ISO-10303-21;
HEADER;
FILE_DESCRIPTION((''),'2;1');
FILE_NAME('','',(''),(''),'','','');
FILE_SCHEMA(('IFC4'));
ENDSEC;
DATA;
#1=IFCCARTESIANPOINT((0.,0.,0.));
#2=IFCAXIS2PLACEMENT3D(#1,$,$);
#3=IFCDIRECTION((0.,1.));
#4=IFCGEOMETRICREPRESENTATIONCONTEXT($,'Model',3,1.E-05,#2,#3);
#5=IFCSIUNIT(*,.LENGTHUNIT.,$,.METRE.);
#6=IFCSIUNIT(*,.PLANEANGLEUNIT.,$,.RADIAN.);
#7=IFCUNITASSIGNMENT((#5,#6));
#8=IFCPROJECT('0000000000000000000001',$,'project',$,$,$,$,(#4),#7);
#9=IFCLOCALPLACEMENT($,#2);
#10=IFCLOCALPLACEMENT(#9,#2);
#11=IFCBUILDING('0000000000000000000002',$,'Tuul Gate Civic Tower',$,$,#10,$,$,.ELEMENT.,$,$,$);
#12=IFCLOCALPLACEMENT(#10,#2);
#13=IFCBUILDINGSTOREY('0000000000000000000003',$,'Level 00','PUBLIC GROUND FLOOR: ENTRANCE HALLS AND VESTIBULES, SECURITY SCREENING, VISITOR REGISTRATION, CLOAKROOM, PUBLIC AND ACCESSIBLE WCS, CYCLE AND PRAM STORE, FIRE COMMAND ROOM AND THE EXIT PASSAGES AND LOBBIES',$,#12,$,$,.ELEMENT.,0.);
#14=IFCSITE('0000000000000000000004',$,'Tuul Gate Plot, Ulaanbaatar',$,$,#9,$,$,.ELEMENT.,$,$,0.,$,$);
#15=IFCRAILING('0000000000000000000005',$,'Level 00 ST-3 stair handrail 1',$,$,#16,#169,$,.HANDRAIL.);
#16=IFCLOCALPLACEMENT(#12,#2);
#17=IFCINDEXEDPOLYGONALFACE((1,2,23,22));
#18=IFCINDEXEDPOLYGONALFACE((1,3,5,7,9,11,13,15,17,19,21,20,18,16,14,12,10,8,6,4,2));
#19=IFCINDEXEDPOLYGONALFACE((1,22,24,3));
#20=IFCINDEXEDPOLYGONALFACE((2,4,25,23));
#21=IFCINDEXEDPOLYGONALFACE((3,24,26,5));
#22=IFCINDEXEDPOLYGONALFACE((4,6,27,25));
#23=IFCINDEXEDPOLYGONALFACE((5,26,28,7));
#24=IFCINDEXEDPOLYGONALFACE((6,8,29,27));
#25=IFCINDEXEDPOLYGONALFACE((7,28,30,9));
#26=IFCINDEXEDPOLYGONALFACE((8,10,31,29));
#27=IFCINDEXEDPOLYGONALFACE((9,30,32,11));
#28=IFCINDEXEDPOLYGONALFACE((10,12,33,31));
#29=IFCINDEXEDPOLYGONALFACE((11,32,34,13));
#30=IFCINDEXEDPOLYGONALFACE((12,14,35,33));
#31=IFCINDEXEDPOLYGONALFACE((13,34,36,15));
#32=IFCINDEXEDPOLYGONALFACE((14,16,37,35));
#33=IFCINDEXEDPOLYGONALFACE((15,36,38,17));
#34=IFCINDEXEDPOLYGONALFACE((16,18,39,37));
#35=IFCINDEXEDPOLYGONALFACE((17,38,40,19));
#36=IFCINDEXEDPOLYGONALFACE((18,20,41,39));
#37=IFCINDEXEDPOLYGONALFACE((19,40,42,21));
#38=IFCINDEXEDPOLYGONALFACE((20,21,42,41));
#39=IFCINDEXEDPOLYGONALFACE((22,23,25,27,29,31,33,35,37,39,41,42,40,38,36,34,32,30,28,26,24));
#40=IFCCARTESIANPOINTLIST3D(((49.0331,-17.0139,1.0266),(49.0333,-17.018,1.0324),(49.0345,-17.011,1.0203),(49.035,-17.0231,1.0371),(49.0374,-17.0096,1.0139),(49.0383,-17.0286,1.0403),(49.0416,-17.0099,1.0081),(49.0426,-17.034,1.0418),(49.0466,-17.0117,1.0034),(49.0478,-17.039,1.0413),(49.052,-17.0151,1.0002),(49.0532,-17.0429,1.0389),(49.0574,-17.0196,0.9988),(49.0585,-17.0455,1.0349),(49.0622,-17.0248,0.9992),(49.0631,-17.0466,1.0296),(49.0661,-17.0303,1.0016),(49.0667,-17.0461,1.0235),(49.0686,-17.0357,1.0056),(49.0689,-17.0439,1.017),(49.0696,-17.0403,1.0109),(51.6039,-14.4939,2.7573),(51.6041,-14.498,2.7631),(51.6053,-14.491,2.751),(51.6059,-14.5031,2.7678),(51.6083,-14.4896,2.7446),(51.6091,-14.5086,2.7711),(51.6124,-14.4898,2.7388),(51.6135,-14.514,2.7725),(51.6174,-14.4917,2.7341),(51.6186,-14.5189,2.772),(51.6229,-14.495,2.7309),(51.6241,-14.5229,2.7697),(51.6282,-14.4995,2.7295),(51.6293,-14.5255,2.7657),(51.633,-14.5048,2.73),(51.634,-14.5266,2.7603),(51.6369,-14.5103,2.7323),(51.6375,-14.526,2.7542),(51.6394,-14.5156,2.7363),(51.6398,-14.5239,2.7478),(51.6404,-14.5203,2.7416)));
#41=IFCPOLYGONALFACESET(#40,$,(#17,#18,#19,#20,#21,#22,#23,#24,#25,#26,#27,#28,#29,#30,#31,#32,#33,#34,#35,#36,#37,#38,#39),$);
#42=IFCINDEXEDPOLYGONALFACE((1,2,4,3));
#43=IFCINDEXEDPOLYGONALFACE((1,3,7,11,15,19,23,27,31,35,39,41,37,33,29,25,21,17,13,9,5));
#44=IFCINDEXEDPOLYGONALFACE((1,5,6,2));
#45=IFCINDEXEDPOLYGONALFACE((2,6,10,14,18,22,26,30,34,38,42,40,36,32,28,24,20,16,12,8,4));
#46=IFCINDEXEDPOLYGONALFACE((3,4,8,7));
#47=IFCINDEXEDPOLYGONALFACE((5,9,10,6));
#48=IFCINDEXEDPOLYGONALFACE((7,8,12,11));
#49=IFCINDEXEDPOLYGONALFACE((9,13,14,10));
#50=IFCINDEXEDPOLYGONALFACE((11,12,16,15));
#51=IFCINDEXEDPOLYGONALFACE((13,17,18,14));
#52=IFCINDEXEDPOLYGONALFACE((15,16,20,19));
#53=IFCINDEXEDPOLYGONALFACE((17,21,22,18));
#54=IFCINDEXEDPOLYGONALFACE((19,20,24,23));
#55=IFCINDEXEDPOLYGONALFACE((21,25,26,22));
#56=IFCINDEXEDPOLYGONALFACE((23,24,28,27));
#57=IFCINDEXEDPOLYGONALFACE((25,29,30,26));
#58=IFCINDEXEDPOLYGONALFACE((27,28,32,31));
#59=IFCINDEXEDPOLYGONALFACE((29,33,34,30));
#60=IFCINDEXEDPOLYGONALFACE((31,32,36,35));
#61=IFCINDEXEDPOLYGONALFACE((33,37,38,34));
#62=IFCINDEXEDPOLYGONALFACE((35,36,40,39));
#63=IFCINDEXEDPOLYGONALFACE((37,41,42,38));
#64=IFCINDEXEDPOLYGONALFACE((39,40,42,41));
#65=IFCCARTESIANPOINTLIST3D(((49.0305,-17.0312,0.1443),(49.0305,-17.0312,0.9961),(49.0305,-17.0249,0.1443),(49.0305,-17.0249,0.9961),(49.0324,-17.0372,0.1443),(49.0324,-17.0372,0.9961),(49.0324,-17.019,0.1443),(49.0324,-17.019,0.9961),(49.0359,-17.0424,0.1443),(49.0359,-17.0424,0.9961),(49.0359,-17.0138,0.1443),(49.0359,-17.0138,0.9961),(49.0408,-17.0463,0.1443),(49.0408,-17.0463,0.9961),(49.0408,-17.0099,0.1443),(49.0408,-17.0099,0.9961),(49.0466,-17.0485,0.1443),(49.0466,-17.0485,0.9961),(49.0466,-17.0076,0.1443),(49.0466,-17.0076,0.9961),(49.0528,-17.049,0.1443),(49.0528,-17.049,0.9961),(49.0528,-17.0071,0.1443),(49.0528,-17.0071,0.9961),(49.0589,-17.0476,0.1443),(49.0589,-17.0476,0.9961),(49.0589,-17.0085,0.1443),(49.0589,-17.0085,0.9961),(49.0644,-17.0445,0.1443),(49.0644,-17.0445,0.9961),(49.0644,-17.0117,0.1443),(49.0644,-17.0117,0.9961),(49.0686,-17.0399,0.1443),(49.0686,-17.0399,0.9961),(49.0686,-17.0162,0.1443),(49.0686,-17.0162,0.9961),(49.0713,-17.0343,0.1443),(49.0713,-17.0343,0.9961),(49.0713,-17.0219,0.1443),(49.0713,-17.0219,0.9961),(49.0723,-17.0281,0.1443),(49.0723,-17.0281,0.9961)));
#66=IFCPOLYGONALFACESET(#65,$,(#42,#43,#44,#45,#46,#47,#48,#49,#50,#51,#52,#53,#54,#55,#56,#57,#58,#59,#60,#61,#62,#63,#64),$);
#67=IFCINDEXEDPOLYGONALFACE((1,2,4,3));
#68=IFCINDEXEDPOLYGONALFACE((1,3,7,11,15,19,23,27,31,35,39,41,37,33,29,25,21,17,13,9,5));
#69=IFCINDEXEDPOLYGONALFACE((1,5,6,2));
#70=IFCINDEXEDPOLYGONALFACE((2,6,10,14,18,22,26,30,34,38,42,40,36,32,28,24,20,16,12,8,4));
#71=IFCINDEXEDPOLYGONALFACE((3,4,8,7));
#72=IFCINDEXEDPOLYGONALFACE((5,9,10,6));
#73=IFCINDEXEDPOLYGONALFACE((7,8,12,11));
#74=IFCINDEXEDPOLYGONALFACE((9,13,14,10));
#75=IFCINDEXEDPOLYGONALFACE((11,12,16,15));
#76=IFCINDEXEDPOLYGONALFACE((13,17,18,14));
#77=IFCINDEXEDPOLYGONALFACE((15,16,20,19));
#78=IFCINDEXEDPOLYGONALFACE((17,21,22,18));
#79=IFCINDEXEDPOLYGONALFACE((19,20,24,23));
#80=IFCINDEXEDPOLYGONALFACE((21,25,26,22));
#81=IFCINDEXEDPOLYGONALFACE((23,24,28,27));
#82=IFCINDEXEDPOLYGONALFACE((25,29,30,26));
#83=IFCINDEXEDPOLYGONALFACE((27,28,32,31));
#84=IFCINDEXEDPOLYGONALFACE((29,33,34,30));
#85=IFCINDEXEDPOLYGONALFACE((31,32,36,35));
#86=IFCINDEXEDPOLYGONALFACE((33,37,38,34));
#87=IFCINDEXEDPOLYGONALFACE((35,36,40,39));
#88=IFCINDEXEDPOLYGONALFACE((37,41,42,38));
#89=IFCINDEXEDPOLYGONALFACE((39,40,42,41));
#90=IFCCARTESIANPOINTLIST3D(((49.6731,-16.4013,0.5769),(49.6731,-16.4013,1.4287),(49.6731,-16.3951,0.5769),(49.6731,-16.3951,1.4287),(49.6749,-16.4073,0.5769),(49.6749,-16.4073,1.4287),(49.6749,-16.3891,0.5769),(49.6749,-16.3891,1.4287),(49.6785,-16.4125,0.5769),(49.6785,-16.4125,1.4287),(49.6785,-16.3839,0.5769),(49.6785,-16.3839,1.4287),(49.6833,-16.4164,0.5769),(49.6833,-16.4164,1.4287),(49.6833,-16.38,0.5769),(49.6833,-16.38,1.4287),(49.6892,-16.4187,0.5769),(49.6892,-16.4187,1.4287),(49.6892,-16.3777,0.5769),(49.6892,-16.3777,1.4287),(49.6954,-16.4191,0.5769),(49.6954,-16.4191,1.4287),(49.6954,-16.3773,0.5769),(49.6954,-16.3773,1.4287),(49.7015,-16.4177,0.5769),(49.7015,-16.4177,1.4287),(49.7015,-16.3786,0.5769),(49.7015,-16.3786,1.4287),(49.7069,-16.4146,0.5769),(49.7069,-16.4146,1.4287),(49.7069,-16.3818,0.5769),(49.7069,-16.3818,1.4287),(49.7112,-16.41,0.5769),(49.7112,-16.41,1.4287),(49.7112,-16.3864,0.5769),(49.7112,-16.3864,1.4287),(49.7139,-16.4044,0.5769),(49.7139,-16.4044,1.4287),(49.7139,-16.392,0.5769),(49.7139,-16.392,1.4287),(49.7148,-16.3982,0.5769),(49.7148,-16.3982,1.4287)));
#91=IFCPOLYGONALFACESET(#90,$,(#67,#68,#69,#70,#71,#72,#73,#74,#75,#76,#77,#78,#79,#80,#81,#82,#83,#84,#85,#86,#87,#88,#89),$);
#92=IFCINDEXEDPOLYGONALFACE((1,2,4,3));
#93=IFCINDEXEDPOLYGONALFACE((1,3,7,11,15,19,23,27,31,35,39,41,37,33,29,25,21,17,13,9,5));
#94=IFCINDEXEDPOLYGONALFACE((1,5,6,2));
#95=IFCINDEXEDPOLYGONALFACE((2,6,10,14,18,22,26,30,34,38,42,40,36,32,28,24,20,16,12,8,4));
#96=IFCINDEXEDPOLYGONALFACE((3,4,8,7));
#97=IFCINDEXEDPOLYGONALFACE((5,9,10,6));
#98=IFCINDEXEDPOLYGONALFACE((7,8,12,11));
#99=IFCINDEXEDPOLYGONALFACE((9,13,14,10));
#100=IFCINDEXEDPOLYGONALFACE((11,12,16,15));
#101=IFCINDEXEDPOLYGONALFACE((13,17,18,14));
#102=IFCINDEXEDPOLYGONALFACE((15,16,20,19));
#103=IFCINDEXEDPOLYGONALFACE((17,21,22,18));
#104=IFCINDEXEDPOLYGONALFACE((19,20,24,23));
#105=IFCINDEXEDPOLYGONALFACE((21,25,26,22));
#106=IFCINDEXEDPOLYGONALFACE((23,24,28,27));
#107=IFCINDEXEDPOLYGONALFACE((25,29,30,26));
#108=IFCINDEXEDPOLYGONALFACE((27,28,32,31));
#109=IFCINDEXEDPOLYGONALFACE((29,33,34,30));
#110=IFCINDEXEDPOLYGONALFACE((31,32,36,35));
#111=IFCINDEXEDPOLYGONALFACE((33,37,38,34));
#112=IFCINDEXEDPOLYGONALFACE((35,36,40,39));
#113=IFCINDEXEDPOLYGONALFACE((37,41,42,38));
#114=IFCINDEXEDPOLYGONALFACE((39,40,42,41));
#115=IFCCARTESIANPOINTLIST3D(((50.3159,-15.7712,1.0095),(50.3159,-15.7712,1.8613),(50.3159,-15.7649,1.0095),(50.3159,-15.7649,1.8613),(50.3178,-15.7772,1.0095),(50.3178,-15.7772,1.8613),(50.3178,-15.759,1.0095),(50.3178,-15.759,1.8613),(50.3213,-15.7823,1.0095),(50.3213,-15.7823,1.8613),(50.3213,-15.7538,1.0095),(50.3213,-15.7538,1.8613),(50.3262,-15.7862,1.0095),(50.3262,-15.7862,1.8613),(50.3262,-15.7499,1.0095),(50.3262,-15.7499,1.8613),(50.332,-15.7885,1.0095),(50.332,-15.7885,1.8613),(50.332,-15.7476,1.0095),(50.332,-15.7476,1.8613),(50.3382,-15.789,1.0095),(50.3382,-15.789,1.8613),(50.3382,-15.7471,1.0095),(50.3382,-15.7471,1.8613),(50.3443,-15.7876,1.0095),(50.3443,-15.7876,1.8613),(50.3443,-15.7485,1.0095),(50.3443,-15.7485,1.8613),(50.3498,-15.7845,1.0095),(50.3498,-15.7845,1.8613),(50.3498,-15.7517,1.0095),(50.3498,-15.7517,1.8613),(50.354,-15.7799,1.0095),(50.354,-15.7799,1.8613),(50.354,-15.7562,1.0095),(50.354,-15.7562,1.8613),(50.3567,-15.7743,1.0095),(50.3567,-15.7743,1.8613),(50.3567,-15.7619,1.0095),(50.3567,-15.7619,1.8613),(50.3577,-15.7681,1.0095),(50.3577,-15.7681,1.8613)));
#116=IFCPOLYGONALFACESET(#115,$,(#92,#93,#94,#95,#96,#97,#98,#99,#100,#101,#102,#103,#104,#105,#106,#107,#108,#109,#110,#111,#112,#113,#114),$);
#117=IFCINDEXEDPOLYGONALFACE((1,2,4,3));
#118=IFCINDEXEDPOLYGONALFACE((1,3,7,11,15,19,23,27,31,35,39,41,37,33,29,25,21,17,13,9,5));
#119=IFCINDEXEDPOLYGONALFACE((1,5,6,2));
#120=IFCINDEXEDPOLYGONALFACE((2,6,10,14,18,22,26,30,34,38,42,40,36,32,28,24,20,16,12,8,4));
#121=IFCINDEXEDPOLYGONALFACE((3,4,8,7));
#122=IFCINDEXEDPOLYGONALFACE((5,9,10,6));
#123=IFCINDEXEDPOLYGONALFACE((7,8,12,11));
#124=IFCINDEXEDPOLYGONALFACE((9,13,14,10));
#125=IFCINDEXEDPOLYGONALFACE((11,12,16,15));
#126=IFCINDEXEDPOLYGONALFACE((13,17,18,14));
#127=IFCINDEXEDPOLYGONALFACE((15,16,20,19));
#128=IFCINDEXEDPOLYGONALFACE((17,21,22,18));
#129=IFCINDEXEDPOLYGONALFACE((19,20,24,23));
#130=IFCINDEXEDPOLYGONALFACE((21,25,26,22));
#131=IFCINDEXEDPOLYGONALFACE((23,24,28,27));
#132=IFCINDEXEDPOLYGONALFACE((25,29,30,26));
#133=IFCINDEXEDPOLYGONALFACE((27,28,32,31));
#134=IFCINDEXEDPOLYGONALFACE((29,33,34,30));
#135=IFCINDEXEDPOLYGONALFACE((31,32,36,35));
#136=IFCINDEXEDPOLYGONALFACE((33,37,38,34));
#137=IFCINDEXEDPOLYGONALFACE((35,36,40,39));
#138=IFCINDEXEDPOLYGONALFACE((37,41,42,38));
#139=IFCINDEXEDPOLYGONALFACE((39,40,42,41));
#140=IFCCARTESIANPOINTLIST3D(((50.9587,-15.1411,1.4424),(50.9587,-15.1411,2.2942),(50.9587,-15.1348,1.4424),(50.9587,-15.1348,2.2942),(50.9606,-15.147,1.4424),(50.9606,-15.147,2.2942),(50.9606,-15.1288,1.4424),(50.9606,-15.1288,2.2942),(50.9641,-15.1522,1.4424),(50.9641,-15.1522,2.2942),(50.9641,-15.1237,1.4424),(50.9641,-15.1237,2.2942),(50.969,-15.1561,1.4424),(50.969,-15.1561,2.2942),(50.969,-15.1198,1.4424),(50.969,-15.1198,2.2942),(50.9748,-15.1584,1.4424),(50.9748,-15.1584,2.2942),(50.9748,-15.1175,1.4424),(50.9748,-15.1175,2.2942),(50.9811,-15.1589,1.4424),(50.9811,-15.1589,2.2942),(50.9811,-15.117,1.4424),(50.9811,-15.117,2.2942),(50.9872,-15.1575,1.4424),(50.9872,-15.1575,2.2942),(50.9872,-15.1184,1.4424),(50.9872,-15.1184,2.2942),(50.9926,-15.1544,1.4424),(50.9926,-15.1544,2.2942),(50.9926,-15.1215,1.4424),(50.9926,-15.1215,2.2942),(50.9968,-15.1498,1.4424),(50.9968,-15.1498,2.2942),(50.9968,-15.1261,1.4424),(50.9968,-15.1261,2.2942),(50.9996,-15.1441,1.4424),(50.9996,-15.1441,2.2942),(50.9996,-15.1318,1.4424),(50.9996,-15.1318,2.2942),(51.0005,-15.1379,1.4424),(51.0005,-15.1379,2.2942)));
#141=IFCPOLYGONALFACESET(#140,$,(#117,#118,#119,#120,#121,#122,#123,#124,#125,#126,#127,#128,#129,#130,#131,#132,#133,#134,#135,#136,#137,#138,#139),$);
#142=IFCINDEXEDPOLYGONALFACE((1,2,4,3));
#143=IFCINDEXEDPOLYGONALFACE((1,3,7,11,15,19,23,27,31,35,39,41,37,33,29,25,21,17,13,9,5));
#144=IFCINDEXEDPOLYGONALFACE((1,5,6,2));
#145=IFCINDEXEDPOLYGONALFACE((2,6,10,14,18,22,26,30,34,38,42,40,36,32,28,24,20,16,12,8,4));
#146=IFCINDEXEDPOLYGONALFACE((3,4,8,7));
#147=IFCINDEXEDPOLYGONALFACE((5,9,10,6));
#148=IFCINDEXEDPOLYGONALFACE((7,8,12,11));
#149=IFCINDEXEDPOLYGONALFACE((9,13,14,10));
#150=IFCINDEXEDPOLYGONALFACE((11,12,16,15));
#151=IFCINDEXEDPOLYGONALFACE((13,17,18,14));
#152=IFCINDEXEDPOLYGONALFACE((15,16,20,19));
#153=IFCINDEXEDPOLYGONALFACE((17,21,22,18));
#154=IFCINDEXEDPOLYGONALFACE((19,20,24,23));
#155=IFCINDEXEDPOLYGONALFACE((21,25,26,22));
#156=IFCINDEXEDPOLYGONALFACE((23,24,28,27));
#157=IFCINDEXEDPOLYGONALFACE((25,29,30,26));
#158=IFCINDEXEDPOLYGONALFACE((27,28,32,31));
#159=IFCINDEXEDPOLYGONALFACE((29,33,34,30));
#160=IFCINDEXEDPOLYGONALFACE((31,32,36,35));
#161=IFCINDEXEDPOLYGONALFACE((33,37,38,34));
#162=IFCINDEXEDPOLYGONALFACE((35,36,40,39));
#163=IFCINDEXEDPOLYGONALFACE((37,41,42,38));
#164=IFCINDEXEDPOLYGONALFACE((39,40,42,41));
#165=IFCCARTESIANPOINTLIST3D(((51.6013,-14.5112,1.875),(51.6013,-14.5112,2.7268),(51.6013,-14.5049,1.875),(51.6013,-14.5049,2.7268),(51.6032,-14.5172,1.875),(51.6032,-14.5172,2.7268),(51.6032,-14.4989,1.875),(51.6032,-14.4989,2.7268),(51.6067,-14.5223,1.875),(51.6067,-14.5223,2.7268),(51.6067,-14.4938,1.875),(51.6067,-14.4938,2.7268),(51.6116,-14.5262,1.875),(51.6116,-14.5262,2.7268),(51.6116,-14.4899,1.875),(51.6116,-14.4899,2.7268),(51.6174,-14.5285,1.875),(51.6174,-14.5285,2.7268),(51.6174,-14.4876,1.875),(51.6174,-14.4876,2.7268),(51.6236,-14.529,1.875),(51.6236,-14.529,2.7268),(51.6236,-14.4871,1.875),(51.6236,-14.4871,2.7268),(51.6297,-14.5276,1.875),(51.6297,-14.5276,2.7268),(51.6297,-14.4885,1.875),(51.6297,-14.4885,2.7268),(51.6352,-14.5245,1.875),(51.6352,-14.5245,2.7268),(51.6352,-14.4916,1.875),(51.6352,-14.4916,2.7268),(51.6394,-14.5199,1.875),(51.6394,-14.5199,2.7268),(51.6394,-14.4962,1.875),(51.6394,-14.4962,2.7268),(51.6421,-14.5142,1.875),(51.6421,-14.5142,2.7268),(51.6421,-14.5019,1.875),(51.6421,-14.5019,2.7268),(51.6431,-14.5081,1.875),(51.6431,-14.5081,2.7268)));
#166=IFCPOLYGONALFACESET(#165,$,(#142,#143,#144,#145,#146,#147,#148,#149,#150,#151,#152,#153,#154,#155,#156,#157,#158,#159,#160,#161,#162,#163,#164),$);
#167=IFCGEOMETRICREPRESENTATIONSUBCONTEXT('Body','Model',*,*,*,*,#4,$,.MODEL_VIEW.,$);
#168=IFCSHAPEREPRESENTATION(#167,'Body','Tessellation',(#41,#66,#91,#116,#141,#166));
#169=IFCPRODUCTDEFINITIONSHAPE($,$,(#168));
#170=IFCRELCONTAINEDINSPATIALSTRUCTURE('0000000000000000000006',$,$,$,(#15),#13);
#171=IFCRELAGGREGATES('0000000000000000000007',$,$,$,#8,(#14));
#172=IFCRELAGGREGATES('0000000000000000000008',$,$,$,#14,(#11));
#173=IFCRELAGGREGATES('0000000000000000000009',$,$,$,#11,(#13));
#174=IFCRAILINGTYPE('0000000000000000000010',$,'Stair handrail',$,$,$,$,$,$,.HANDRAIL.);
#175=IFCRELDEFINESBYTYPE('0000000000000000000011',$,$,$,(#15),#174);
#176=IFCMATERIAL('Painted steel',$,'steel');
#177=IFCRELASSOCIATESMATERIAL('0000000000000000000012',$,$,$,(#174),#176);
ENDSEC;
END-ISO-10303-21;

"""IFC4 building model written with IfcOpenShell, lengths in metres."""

from ifc_helpers import new_model, si_unit, direction, frame, origin, origin_2d, place, context, subcontext, project, spatial, circle, extrude, material, type_object, element, save


model = new_model("IFC4")

# Units and contexts
model_context = context("Model", 3, precision=1e-05, world=origin(), true_north=direction((0.0, 1.0)))
body_context = subcontext(model_context, "Body", "Model", "MODEL_VIEW")
ifc_project = project(units=[si_unit("LENGTHUNIT", "METRE"), si_unit("PLANEANGLEUNIT", "RADIAN")], contexts=[model_context])

# Site, building, storey
site_placement = place(None, origin())
site = spatial("IfcSite", under=ifc_project, at=site_placement, Name="Tuul Gate Plot, Ulaanbaatar", CompositionType="ELEMENT", RefElevation=0.0)
building_placement = place(site_placement, origin())
building = spatial("IfcBuilding", under=site, at=building_placement, Name="Tuul Gate Civic Tower", CompositionType="ELEMENT")
storey_placement = place(building_placement, origin())
storey = spatial("IfcBuildingStorey", under=building, at=storey_placement, Name="Level 00", Description="PUBLIC GROUND FLOOR: ENTRANCE HALLS AND VESTIBULES, SECURITY SCREENING, VISITOR REGISTRATION, CLOAKROOM, PUBLIC AND ACCESSIBLE WCS, CYCLE AND PRAM STORE, FIRE COMMAND ROOM AND THE EXIT PASSAGES AND LOBBIES", CompositionType="ELEMENT", Elevation=0.0)

# Railing
ifc_material_1 = material(Name="Painted steel", Category="steel")
railing_type_1 = type_object("IfcRailingType", Name="Stair handrail", PredefinedType="HANDRAIL", material=ifc_material_1)
railing_1_placement = place(storey_placement, frame((49.0513, -17.0281, 0.1443)))
element("IfcRailing", 1, at=railing_1_placement, inside=storey, type_object=railing_type_1, Name="Level 00 ST-3 stair handrail 1", PredefinedType="HANDRAIL", context=body_context, shape_type="SweptSolid", body=[
    extrude(circle(Radius=0.0239, at=origin_2d()), frame((0.0, 0.0, 0.876), z_axis=(0.643608, 0.630895, 0.43329), x_axis=(-0.700019, 0.714125, 0.0)), (0.0, 0.0, 1.0), 3.9944),
    extrude(circle(Radius=0.021, at=origin_2d()), origin(), (0.0, 0.0, 1.0), 0.8518),
    extrude(circle(Radius=0.021, at=origin_2d()), frame((0.6426, 0.6299, 0.4326)), (0.0, 0.0, 1.0), 0.8518),
    extrude(circle(Radius=0.021, at=origin_2d()), frame((1.2854, 1.26, 0.8652)), (0.0, 0.0, 1.0), 0.8518),
    extrude(circle(Radius=0.021, at=origin_2d()), frame((1.9282, 1.8901, 1.2981)), (0.0, 0.0, 1.0), 0.8518),
    extrude(circle(Radius=0.021, at=origin_2d()), frame((2.5708, 2.52, 1.7307)), (0.0, 0.0, 1.0), 0.8518),
])

save(model, "model.ifc")
